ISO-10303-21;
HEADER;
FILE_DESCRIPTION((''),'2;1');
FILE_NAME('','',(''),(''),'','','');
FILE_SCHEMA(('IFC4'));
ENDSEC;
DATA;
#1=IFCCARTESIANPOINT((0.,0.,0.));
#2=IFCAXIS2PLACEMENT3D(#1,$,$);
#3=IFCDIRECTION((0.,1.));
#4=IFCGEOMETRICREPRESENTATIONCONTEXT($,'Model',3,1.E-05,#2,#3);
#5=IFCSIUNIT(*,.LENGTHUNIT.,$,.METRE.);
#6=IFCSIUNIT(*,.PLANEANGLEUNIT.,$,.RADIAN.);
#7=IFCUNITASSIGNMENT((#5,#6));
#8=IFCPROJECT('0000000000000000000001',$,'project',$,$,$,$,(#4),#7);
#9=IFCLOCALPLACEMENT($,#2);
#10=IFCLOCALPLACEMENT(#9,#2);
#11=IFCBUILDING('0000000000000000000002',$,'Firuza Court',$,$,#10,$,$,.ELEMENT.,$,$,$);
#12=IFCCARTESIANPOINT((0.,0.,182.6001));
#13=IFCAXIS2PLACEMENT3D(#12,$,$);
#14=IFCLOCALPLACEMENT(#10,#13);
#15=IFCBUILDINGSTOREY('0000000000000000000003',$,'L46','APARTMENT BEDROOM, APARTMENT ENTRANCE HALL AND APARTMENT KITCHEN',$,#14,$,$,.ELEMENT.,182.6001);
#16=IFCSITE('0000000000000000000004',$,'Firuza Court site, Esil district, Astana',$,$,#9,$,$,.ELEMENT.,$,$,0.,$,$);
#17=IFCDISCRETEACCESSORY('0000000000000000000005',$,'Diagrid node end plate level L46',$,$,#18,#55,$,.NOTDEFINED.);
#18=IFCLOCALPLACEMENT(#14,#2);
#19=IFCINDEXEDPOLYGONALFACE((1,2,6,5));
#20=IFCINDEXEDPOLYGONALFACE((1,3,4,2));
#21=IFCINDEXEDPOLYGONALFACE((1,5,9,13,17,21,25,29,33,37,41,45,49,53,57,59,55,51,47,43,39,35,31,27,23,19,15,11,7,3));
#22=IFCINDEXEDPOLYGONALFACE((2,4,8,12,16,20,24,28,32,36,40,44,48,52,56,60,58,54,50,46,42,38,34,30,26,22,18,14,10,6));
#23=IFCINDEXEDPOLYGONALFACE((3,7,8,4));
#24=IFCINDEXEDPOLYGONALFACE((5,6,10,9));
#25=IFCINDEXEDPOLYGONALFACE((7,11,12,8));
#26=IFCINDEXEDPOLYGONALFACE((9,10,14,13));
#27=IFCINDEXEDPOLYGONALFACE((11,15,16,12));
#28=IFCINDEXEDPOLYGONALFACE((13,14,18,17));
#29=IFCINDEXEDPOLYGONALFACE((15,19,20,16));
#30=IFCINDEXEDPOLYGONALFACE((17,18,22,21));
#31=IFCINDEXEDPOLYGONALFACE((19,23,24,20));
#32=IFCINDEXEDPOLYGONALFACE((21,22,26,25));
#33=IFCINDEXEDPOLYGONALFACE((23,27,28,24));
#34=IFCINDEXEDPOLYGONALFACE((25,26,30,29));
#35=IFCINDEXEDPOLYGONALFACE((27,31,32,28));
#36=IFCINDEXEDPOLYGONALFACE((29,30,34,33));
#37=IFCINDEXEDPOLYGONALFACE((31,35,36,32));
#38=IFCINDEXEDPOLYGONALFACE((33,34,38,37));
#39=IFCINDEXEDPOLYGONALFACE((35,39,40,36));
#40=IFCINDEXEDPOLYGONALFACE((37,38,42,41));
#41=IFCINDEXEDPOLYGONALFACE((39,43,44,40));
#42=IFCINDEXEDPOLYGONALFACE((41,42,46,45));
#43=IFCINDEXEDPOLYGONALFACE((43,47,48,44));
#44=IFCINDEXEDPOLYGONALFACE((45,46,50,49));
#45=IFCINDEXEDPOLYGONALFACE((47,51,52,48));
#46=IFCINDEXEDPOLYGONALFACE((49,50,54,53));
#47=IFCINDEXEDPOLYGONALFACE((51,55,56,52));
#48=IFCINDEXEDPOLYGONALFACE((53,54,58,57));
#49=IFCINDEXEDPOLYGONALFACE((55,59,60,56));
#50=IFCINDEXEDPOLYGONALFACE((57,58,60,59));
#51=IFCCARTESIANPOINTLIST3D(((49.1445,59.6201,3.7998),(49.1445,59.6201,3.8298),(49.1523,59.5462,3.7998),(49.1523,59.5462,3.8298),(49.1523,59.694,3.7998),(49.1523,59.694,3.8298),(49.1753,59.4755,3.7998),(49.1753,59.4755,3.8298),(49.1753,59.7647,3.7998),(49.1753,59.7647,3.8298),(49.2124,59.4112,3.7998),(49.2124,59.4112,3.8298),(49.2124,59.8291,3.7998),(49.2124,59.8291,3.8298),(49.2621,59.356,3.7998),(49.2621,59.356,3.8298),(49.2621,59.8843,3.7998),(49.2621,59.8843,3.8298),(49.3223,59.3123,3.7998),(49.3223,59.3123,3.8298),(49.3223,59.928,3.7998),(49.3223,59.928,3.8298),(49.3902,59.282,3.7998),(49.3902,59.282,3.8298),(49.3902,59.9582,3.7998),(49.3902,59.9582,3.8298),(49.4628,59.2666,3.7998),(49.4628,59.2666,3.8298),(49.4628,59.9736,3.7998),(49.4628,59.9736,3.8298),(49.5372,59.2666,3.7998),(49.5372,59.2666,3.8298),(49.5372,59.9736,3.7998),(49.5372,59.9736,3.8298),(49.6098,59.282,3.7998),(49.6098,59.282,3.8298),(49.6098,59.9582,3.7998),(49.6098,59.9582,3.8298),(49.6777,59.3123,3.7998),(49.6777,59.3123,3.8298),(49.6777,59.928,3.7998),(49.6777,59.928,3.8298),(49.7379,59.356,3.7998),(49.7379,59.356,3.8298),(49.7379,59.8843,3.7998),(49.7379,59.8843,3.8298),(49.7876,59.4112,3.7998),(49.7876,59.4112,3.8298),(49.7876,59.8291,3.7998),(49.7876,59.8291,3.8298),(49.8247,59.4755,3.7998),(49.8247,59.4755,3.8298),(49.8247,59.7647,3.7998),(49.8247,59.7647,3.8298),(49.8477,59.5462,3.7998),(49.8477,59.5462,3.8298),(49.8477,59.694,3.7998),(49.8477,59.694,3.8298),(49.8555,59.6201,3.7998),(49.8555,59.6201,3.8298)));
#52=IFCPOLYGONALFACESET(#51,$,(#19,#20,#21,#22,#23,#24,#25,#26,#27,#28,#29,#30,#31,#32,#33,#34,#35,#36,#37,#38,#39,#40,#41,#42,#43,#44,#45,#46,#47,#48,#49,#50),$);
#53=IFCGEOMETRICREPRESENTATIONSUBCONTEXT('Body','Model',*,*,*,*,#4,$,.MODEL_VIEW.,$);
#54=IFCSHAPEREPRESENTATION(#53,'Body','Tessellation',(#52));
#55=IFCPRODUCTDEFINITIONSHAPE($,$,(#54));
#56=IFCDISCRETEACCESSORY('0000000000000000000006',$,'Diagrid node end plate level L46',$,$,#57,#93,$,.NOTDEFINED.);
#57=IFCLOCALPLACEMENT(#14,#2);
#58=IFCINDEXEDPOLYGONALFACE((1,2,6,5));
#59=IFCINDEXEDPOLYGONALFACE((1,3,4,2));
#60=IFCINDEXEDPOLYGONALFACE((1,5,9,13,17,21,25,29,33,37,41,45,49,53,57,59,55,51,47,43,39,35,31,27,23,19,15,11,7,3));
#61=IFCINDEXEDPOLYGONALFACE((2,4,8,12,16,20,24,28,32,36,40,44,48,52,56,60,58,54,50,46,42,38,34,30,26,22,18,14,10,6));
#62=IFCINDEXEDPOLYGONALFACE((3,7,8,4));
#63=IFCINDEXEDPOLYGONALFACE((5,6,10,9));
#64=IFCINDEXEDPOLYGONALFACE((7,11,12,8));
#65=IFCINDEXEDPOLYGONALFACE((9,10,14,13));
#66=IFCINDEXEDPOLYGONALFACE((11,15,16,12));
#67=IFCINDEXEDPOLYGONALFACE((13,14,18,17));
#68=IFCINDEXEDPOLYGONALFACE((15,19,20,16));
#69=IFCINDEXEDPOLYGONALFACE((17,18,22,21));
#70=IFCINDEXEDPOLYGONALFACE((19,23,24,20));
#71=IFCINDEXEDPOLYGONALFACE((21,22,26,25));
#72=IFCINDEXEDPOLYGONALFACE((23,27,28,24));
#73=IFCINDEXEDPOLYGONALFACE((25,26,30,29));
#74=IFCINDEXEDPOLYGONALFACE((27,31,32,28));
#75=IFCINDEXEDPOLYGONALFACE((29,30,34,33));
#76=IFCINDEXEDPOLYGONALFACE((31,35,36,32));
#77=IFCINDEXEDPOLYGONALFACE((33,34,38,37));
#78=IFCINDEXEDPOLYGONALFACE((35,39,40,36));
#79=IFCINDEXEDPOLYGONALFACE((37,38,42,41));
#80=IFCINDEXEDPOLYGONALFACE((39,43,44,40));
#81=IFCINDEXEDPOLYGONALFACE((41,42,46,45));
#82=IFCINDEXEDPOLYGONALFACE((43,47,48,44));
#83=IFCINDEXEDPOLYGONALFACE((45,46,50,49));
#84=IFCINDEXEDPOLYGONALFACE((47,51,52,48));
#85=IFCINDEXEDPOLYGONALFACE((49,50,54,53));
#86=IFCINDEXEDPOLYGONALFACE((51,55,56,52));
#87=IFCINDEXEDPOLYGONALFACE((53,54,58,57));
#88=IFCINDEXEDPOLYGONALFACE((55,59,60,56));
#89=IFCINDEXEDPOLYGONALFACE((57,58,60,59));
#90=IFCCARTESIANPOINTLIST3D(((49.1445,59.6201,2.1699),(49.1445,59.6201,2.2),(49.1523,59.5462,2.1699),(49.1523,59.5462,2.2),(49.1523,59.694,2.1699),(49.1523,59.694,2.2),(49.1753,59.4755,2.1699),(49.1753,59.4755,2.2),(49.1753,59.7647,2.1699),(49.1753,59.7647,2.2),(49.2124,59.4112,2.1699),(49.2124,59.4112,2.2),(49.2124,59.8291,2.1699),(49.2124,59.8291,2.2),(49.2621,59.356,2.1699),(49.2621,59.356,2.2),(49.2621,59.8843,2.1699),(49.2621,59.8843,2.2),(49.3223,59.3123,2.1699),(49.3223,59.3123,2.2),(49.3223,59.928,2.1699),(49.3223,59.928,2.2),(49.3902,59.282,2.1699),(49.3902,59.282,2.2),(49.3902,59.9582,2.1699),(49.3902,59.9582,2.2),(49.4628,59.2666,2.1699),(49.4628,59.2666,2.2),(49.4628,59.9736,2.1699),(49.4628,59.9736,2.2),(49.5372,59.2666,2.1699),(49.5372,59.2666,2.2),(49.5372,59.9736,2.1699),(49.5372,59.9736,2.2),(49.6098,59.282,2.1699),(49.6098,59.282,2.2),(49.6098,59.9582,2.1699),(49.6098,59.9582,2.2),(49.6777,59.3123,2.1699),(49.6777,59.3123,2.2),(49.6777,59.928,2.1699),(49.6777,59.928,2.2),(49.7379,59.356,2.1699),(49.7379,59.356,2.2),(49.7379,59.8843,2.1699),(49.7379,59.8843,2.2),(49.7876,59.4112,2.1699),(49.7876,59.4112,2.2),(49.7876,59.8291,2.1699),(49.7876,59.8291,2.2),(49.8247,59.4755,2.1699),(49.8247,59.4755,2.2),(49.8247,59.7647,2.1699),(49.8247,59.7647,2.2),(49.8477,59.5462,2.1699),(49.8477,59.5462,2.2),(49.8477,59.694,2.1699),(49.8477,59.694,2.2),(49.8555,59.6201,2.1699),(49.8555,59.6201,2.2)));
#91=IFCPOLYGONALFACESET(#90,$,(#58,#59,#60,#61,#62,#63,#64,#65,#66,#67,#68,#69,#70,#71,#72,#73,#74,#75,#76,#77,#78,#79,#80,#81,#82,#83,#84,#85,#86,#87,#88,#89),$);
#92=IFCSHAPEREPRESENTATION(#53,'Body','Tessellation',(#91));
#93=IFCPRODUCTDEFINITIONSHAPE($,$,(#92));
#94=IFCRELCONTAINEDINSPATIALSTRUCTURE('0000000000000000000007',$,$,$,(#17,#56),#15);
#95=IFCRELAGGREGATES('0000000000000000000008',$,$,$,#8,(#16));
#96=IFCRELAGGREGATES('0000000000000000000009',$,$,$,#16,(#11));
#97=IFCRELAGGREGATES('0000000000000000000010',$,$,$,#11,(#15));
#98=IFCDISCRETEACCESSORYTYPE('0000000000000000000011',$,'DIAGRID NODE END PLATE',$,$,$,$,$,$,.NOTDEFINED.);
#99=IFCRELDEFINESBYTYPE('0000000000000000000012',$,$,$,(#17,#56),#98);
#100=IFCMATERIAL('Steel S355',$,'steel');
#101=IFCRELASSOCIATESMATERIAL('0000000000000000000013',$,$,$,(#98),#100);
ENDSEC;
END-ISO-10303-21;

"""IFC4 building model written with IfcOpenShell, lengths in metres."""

from ifc_helpers import new_model, si_unit, direction, frame, origin, origin_2d, place, context, subcontext, project, spatial, circle, extrude, material, material_profile, profile_set, type_object, element, save


model = new_model("IFC4")

# Units and contexts
model_context = context("Model", 3, precision=1e-05, world=origin(), true_north=direction((0.0, 1.0)))
body_context = subcontext(model_context, "Body", "Model", "MODEL_VIEW")
ifc_project = project(units=[si_unit("LENGTHUNIT", "METRE"), si_unit("PLANEANGLEUNIT", "RADIAN")], contexts=[model_context])

# Site, building, storey
site_placement = place(None, origin())
site = spatial("IfcSite", under=ifc_project, at=site_placement, Name="Firuza Court site, Esil district, Astana", CompositionType="ELEMENT", RefElevation=0.0)
building_placement = place(site_placement, origin())
building = spatial("IfcBuilding", under=site, at=building_placement, Name="Firuza Court", CompositionType="ELEMENT")
storey_placement = place(building_placement, frame((0.0, 0.0, 182.6001)))
storey = spatial("IfcBuildingStorey", under=building, at=storey_placement, Name="L46", Description="APARTMENT BEDROOM, APARTMENT ENTRANCE HALL AND APARTMENT KITCHEN", CompositionType="ELEMENT", Elevation=182.6001)

# Discrete accessories
ifc_material_1 = material(Name="Steel S355", Category="steel")
ifc_material_profile_1 = material_profile(ifc_material_1, circle(Radius=0.3555, at=origin_2d()), Name="PL D711")
ifc_profile_set_1 = profile_set([ifc_material_profile_1], Name="Steel S355")
discrete_accessory_type = type_object("IfcDiscreteAccessoryType", Name="DIAGRID NODE END PLATE", PredefinedType="NOTDEFINED", material=ifc_profile_set_1)
for number, where, z_axis, x_axis, name in (
    (1, (49.5, 59.6201, 3.7998), (0.0, 0.0, 1.0), (1.0, 0.0, 0.0), "Diagrid node end plate level L46"),
    (2, (49.5, 59.6201, 2.1699), (0.0, 0.0, 1.0), (1.0, 0.0, 0.0), "Diagrid node end plate level L46"),
):
    element("IfcDiscreteAccessory", number, at=place(storey_placement, frame(where, z_axis=z_axis, x_axis=x_axis)), inside=storey, type_object=discrete_accessory_type, Name=name, PredefinedType="NOTDEFINED", context=body_context, shape_type="SweptSolid", body=[
        extrude(circle(Radius=0.3555, at=origin_2d()), origin(), (0.0, 0.0, 1.0), 0.03),
    ])

save(model, "model.ifc")
